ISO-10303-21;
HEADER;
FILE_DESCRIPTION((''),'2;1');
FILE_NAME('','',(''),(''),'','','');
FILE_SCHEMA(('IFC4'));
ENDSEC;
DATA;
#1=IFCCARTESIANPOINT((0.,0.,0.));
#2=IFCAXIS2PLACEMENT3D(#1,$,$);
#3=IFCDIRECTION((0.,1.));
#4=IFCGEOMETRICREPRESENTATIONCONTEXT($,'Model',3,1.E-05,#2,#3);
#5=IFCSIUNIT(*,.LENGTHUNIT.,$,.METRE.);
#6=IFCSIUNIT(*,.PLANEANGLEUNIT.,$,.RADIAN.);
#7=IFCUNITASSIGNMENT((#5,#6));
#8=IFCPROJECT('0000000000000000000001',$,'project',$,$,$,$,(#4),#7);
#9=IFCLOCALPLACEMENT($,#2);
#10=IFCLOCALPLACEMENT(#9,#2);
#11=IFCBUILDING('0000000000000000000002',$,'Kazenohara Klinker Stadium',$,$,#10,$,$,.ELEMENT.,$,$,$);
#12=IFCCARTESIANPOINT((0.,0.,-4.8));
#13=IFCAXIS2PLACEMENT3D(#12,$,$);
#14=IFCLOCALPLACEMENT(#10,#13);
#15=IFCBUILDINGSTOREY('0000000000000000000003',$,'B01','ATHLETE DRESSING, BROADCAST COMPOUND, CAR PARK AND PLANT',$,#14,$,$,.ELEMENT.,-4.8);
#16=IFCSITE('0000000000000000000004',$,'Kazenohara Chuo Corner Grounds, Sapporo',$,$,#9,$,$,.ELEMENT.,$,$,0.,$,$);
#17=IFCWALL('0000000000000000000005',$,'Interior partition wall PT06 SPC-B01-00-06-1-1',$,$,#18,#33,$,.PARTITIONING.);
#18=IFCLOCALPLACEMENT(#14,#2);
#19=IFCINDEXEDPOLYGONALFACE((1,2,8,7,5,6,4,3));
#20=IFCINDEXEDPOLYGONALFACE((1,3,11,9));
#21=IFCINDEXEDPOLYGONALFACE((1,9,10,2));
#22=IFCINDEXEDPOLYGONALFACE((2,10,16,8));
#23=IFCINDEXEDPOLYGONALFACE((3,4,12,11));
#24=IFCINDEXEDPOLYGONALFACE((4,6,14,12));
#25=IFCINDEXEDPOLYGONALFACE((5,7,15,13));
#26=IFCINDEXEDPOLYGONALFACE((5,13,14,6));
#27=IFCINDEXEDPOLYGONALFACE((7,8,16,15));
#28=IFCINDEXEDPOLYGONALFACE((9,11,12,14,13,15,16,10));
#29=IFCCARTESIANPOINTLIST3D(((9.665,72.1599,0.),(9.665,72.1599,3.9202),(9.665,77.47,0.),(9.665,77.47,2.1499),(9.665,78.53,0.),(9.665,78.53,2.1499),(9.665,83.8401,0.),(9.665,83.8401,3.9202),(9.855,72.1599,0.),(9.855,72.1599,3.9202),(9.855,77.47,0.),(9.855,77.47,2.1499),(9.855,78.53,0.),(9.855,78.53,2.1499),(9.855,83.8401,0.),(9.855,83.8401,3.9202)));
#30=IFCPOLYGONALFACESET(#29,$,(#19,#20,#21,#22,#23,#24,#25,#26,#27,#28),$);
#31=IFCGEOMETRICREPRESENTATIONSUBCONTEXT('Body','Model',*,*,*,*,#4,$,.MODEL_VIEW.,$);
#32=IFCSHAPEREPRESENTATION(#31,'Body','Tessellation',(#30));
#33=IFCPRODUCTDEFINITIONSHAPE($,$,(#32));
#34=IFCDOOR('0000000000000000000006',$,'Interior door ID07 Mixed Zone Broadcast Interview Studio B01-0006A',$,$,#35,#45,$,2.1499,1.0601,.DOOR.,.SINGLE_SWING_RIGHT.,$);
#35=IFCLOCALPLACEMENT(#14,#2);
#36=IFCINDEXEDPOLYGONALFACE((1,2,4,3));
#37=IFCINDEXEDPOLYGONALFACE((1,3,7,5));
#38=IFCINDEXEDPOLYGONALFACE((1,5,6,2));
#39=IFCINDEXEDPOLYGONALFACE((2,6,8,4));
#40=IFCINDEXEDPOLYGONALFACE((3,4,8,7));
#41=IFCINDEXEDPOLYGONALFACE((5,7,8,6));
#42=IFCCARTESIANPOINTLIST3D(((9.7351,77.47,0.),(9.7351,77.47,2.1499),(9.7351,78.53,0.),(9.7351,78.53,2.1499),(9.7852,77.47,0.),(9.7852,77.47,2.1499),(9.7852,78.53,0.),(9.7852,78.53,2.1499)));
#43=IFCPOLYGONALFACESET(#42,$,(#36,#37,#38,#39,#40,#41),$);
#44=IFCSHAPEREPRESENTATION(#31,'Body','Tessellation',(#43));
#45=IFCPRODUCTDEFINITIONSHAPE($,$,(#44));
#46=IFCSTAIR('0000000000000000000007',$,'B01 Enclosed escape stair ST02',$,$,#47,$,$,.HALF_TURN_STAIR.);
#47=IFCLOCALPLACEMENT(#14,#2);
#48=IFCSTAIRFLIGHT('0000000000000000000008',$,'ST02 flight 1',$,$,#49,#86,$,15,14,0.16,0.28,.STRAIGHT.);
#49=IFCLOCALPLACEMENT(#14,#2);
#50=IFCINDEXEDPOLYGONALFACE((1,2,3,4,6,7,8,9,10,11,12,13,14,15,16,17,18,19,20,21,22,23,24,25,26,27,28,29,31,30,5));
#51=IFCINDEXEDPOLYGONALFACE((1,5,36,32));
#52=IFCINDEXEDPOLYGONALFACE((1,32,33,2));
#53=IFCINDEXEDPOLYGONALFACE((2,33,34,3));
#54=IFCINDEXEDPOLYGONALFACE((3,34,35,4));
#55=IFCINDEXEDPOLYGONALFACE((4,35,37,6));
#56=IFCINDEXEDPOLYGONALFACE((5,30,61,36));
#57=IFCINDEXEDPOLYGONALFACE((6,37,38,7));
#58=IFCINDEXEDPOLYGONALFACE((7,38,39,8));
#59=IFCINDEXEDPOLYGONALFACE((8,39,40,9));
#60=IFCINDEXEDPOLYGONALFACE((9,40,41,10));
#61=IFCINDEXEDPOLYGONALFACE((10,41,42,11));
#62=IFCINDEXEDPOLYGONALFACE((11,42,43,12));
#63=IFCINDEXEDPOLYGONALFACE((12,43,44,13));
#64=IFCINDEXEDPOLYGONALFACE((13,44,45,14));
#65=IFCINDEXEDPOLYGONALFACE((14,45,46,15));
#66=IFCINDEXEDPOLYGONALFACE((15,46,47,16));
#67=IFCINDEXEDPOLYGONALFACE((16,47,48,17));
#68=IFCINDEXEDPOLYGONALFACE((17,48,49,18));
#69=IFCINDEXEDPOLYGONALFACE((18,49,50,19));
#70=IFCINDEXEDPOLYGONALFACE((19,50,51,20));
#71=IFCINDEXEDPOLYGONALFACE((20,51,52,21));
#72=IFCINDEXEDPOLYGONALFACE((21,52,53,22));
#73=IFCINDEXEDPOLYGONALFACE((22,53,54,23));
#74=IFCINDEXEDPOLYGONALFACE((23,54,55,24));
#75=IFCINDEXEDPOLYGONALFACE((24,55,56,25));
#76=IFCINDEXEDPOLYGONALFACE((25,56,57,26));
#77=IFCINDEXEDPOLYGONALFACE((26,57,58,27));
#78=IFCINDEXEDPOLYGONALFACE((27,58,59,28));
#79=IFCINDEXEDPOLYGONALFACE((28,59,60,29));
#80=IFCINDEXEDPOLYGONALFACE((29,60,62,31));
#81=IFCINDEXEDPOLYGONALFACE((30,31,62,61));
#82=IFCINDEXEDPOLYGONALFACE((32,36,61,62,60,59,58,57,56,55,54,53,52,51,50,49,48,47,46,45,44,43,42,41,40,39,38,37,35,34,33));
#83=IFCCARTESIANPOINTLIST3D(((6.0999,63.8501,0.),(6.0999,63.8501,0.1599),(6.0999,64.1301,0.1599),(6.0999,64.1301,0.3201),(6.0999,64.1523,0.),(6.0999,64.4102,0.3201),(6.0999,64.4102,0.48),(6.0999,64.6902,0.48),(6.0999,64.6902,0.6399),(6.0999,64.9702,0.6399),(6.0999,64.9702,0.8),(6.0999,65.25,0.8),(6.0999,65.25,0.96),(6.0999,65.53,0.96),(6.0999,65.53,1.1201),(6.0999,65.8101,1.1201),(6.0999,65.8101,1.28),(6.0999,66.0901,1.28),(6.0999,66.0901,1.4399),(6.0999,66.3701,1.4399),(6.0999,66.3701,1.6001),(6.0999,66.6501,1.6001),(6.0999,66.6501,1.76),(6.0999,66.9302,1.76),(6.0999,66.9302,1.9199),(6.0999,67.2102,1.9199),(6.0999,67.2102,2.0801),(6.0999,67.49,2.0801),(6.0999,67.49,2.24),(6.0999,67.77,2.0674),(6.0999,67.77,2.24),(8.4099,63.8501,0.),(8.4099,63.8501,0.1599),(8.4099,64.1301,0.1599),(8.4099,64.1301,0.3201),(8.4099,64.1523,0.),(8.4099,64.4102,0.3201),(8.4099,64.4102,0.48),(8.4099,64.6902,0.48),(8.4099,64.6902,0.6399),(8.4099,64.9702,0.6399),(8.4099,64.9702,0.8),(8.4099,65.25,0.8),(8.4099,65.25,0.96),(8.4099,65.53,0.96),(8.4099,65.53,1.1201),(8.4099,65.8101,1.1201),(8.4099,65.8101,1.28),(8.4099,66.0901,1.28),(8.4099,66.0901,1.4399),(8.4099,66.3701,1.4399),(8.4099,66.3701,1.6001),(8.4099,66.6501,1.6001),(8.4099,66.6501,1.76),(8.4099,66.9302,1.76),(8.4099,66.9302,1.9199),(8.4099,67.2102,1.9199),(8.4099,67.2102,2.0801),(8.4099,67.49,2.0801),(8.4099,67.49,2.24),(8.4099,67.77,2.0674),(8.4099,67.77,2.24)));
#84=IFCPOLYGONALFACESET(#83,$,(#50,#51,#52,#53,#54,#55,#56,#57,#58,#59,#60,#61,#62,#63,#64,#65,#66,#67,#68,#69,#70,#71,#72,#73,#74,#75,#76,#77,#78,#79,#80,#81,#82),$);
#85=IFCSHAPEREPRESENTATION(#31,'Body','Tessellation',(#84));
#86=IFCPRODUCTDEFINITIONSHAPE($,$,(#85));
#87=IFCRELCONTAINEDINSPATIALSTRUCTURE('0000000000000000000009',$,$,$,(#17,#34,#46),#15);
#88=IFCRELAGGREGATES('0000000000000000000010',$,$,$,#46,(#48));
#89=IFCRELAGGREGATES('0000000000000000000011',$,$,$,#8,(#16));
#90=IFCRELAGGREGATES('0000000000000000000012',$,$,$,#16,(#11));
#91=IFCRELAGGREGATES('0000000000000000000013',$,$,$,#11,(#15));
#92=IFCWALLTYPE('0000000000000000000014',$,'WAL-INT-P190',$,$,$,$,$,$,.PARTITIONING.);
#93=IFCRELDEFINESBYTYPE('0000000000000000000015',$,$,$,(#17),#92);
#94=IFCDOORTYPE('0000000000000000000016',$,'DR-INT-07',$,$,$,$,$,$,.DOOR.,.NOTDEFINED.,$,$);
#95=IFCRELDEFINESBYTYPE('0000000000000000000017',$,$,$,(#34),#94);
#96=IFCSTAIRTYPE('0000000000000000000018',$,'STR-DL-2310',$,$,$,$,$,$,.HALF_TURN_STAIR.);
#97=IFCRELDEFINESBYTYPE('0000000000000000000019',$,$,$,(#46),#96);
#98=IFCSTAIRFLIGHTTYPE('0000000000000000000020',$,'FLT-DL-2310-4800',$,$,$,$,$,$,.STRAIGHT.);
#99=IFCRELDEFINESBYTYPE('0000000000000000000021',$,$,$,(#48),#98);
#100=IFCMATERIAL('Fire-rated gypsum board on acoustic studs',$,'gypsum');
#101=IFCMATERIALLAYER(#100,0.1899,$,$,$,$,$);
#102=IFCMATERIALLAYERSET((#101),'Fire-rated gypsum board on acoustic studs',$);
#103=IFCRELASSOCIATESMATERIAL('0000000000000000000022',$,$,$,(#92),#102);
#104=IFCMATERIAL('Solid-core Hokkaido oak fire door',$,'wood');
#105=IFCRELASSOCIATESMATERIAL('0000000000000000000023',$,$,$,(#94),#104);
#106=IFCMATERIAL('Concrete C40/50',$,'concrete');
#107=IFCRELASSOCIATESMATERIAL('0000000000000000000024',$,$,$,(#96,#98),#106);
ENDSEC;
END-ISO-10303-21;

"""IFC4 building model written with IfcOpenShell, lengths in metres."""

from ifc_helpers import new_model, si_unit, direction, frame, frame_2d, origin, place, context, subcontext, project, spatial, polyline, rectangle, outline, extrude, material, layer, layer_set, type_object, element, fill, aggregate, save


model = new_model("IFC4")

# Units and contexts
model_context = context("Model", 3, precision=1e-05, world=origin(), true_north=direction((0.0, 1.0)))
body_context = subcontext(model_context, "Body", "Model", "MODEL_VIEW")
ifc_project = project(units=[si_unit("LENGTHUNIT", "METRE"), si_unit("PLANEANGLEUNIT", "RADIAN")], contexts=[model_context])

# Site, building, storey
site_placement = place(None, origin())
site = spatial("IfcSite", under=ifc_project, at=site_placement, Name="Kazenohara Chuo Corner Grounds, Sapporo", CompositionType="ELEMENT", RefElevation=0.0)
building_placement = place(site_placement, origin())
building = spatial("IfcBuilding", under=site, at=building_placement, Name="Kazenohara Klinker Stadium", CompositionType="ELEMENT")
storey_placement = place(building_placement, frame((0.0, 0.0, -4.8)))
storey = spatial("IfcBuildingStorey", under=building, at=storey_placement, Name="B01", Description="ATHLETE DRESSING, BROADCAST COMPOUND, CAR PARK AND PLANT", CompositionType="ELEMENT", Elevation=-4.8)

# Shared definitions
ifc_material_1 = material(Name="Concrete C40/50", Category="concrete")

# Wall, opening, door
ifc_material_2 = material(Name="Fire-rated gypsum board on acoustic studs", Category="gypsum")
ifc_material_3 = material(Name="Solid-core Hokkaido oak fire door", Category="wood")
ifc_layer_1 = layer(ifc_material_2, 0.1899)
ifc_layer_set_1 = layer_set([ifc_layer_1], Name="Fire-rated gypsum board on acoustic studs")
wall_type_1 = type_object("IfcWallType", Name="WAL-INT-P190", PredefinedType="PARTITIONING", material=ifc_layer_set_1)
wall_1_placement = place(storey_placement, frame((9.76, 72.1599, 0.0), z_axis=(0.0, 0.0, 1.0), x_axis=(0.0, 1.0, 0.0)))
wall_1 = element("IfcWall", 1, at=wall_1_placement, inside=storey, type_object=wall_type_1, Name="Interior partition wall PT06 SPC-B01-00-06-1-1", PredefinedType="PARTITIONING", context=body_context, shape_type="SweptSolid", body=[
    extrude(rectangle(XDim=11.6802, YDim=0.1899, at=frame_2d((5.8401, 0.0))), origin(), (0.0, 0.0, 1.0), 3.9202),
])
opening_1_placement = place(wall_1_placement, frame((5.3101, 0.0, 0.0)))
opening_1 = element("IfcOpeningElement", 2, at=opening_1_placement, cuts=wall_1, PredefinedType="OPENING", context=body_context, shape_type="SweptSolid", body=[
    extrude(rectangle(XDim=1.0601, YDim=2.1499, at=frame_2d((0.53, 1.075))), frame((0.0, 0.105, 0.0), z_axis=(0.0, -1.0, 0.0), x_axis=(1.0, 0.0, 0.0)), (0.0, 0.0, 1.0), 0.21),
])
door_type_1 = type_object("IfcDoorType", Name="DR-INT-07", OperationType="NOTDEFINED", PredefinedType="DOOR", material=ifc_material_3)
door_1_placement = place(opening_1_placement, origin())
door_1 = element("IfcDoor", 3, at=door_1_placement, inside=storey, type_object=door_type_1, Name="Interior door ID07 Mixed Zone Broadcast Interview Studio B01-0006A", OperationType="SINGLE_SWING_RIGHT", OverallHeight=2.1499, OverallWidth=1.0601, PredefinedType="DOOR", context=body_context, shape_type="SweptSolid", body=[
    extrude(rectangle(XDim=1.0601, YDim=2.1499, at=frame_2d((0.53, 1.075))), frame((0.0, 0.0249, 0.0), z_axis=(0.0, -1.0, 0.0), x_axis=(1.0, 0.0, 0.0)), (0.0, 0.0, 1.0), 0.05),
])
fill(opening_1, door_1)

# Stair, stair flight
stair_type = type_object("IfcStairType", Name="STR-DL-2310", PredefinedType="HALF_TURN_STAIR", material=ifc_material_1)
stair_placement = place(storey_placement, origin())
stair = element("IfcStair", 4, at=stair_placement, inside=storey, type_object=stair_type, Name="B01 Enclosed escape stair ST02", PredefinedType="HALF_TURN_STAIR")
stair_flight_type = type_object("IfcStairFlightType", Name="FLT-DL-2310-4800", PredefinedType="STRAIGHT", material=ifc_material_1)
stair_flight_placement = place(storey_placement, frame((7.2549, 63.8501, 0.0), z_axis=(0.0, 0.0, 1.0), x_axis=(0.0, 1.0, 0.0)))
stair_flight = element("IfcStairFlight", 5, at=stair_flight_placement, type_object=stair_flight_type, Name="ST02 flight 1", NumberOfRisers=15, NumberOfTreads=14, PredefinedType="STRAIGHT", RiserHeight=0.16, TreadLength=0.28, context=body_context, shape_type="SweptSolid", body=[
    extrude(outline(polyline([(0.0, 0.0), (0.0, 0.1599), (0.28, 0.1599), (0.28, 0.3201), (0.5601, 0.3201), (0.5601, 0.48), (0.8401, 0.48), (0.8401, 0.6399), (1.1201, 0.6399), (1.1201, 0.8), (1.3999, 0.8), (1.3999, 0.96), (1.6799, 0.96), (1.6799, 1.1201), (1.96, 1.1201), (1.96, 1.28), (2.24, 1.28), (2.24, 1.4399), (2.52, 1.4399), (2.52, 1.6001), (2.8, 1.6001), (2.8, 1.76), (3.0801, 1.76), (3.0801, 1.9199), (3.3601, 1.9199), (3.3601, 2.0801), (3.6399, 2.0801), (3.6399, 2.24), (3.9199, 2.24), (3.9199, 2.3999), (3.9199, 2.0674), (0.3022, 0.0), (0.0, 0.0)])), frame((0.0, 1.155, 0.0), z_axis=(0.0, -1.0, 0.0), x_axis=(1.0, 0.0, 0.0)), (0.0, 0.0, 1.0), 2.3101),
])
aggregate(stair, [stair_flight])

save(model, "model.ifc")
